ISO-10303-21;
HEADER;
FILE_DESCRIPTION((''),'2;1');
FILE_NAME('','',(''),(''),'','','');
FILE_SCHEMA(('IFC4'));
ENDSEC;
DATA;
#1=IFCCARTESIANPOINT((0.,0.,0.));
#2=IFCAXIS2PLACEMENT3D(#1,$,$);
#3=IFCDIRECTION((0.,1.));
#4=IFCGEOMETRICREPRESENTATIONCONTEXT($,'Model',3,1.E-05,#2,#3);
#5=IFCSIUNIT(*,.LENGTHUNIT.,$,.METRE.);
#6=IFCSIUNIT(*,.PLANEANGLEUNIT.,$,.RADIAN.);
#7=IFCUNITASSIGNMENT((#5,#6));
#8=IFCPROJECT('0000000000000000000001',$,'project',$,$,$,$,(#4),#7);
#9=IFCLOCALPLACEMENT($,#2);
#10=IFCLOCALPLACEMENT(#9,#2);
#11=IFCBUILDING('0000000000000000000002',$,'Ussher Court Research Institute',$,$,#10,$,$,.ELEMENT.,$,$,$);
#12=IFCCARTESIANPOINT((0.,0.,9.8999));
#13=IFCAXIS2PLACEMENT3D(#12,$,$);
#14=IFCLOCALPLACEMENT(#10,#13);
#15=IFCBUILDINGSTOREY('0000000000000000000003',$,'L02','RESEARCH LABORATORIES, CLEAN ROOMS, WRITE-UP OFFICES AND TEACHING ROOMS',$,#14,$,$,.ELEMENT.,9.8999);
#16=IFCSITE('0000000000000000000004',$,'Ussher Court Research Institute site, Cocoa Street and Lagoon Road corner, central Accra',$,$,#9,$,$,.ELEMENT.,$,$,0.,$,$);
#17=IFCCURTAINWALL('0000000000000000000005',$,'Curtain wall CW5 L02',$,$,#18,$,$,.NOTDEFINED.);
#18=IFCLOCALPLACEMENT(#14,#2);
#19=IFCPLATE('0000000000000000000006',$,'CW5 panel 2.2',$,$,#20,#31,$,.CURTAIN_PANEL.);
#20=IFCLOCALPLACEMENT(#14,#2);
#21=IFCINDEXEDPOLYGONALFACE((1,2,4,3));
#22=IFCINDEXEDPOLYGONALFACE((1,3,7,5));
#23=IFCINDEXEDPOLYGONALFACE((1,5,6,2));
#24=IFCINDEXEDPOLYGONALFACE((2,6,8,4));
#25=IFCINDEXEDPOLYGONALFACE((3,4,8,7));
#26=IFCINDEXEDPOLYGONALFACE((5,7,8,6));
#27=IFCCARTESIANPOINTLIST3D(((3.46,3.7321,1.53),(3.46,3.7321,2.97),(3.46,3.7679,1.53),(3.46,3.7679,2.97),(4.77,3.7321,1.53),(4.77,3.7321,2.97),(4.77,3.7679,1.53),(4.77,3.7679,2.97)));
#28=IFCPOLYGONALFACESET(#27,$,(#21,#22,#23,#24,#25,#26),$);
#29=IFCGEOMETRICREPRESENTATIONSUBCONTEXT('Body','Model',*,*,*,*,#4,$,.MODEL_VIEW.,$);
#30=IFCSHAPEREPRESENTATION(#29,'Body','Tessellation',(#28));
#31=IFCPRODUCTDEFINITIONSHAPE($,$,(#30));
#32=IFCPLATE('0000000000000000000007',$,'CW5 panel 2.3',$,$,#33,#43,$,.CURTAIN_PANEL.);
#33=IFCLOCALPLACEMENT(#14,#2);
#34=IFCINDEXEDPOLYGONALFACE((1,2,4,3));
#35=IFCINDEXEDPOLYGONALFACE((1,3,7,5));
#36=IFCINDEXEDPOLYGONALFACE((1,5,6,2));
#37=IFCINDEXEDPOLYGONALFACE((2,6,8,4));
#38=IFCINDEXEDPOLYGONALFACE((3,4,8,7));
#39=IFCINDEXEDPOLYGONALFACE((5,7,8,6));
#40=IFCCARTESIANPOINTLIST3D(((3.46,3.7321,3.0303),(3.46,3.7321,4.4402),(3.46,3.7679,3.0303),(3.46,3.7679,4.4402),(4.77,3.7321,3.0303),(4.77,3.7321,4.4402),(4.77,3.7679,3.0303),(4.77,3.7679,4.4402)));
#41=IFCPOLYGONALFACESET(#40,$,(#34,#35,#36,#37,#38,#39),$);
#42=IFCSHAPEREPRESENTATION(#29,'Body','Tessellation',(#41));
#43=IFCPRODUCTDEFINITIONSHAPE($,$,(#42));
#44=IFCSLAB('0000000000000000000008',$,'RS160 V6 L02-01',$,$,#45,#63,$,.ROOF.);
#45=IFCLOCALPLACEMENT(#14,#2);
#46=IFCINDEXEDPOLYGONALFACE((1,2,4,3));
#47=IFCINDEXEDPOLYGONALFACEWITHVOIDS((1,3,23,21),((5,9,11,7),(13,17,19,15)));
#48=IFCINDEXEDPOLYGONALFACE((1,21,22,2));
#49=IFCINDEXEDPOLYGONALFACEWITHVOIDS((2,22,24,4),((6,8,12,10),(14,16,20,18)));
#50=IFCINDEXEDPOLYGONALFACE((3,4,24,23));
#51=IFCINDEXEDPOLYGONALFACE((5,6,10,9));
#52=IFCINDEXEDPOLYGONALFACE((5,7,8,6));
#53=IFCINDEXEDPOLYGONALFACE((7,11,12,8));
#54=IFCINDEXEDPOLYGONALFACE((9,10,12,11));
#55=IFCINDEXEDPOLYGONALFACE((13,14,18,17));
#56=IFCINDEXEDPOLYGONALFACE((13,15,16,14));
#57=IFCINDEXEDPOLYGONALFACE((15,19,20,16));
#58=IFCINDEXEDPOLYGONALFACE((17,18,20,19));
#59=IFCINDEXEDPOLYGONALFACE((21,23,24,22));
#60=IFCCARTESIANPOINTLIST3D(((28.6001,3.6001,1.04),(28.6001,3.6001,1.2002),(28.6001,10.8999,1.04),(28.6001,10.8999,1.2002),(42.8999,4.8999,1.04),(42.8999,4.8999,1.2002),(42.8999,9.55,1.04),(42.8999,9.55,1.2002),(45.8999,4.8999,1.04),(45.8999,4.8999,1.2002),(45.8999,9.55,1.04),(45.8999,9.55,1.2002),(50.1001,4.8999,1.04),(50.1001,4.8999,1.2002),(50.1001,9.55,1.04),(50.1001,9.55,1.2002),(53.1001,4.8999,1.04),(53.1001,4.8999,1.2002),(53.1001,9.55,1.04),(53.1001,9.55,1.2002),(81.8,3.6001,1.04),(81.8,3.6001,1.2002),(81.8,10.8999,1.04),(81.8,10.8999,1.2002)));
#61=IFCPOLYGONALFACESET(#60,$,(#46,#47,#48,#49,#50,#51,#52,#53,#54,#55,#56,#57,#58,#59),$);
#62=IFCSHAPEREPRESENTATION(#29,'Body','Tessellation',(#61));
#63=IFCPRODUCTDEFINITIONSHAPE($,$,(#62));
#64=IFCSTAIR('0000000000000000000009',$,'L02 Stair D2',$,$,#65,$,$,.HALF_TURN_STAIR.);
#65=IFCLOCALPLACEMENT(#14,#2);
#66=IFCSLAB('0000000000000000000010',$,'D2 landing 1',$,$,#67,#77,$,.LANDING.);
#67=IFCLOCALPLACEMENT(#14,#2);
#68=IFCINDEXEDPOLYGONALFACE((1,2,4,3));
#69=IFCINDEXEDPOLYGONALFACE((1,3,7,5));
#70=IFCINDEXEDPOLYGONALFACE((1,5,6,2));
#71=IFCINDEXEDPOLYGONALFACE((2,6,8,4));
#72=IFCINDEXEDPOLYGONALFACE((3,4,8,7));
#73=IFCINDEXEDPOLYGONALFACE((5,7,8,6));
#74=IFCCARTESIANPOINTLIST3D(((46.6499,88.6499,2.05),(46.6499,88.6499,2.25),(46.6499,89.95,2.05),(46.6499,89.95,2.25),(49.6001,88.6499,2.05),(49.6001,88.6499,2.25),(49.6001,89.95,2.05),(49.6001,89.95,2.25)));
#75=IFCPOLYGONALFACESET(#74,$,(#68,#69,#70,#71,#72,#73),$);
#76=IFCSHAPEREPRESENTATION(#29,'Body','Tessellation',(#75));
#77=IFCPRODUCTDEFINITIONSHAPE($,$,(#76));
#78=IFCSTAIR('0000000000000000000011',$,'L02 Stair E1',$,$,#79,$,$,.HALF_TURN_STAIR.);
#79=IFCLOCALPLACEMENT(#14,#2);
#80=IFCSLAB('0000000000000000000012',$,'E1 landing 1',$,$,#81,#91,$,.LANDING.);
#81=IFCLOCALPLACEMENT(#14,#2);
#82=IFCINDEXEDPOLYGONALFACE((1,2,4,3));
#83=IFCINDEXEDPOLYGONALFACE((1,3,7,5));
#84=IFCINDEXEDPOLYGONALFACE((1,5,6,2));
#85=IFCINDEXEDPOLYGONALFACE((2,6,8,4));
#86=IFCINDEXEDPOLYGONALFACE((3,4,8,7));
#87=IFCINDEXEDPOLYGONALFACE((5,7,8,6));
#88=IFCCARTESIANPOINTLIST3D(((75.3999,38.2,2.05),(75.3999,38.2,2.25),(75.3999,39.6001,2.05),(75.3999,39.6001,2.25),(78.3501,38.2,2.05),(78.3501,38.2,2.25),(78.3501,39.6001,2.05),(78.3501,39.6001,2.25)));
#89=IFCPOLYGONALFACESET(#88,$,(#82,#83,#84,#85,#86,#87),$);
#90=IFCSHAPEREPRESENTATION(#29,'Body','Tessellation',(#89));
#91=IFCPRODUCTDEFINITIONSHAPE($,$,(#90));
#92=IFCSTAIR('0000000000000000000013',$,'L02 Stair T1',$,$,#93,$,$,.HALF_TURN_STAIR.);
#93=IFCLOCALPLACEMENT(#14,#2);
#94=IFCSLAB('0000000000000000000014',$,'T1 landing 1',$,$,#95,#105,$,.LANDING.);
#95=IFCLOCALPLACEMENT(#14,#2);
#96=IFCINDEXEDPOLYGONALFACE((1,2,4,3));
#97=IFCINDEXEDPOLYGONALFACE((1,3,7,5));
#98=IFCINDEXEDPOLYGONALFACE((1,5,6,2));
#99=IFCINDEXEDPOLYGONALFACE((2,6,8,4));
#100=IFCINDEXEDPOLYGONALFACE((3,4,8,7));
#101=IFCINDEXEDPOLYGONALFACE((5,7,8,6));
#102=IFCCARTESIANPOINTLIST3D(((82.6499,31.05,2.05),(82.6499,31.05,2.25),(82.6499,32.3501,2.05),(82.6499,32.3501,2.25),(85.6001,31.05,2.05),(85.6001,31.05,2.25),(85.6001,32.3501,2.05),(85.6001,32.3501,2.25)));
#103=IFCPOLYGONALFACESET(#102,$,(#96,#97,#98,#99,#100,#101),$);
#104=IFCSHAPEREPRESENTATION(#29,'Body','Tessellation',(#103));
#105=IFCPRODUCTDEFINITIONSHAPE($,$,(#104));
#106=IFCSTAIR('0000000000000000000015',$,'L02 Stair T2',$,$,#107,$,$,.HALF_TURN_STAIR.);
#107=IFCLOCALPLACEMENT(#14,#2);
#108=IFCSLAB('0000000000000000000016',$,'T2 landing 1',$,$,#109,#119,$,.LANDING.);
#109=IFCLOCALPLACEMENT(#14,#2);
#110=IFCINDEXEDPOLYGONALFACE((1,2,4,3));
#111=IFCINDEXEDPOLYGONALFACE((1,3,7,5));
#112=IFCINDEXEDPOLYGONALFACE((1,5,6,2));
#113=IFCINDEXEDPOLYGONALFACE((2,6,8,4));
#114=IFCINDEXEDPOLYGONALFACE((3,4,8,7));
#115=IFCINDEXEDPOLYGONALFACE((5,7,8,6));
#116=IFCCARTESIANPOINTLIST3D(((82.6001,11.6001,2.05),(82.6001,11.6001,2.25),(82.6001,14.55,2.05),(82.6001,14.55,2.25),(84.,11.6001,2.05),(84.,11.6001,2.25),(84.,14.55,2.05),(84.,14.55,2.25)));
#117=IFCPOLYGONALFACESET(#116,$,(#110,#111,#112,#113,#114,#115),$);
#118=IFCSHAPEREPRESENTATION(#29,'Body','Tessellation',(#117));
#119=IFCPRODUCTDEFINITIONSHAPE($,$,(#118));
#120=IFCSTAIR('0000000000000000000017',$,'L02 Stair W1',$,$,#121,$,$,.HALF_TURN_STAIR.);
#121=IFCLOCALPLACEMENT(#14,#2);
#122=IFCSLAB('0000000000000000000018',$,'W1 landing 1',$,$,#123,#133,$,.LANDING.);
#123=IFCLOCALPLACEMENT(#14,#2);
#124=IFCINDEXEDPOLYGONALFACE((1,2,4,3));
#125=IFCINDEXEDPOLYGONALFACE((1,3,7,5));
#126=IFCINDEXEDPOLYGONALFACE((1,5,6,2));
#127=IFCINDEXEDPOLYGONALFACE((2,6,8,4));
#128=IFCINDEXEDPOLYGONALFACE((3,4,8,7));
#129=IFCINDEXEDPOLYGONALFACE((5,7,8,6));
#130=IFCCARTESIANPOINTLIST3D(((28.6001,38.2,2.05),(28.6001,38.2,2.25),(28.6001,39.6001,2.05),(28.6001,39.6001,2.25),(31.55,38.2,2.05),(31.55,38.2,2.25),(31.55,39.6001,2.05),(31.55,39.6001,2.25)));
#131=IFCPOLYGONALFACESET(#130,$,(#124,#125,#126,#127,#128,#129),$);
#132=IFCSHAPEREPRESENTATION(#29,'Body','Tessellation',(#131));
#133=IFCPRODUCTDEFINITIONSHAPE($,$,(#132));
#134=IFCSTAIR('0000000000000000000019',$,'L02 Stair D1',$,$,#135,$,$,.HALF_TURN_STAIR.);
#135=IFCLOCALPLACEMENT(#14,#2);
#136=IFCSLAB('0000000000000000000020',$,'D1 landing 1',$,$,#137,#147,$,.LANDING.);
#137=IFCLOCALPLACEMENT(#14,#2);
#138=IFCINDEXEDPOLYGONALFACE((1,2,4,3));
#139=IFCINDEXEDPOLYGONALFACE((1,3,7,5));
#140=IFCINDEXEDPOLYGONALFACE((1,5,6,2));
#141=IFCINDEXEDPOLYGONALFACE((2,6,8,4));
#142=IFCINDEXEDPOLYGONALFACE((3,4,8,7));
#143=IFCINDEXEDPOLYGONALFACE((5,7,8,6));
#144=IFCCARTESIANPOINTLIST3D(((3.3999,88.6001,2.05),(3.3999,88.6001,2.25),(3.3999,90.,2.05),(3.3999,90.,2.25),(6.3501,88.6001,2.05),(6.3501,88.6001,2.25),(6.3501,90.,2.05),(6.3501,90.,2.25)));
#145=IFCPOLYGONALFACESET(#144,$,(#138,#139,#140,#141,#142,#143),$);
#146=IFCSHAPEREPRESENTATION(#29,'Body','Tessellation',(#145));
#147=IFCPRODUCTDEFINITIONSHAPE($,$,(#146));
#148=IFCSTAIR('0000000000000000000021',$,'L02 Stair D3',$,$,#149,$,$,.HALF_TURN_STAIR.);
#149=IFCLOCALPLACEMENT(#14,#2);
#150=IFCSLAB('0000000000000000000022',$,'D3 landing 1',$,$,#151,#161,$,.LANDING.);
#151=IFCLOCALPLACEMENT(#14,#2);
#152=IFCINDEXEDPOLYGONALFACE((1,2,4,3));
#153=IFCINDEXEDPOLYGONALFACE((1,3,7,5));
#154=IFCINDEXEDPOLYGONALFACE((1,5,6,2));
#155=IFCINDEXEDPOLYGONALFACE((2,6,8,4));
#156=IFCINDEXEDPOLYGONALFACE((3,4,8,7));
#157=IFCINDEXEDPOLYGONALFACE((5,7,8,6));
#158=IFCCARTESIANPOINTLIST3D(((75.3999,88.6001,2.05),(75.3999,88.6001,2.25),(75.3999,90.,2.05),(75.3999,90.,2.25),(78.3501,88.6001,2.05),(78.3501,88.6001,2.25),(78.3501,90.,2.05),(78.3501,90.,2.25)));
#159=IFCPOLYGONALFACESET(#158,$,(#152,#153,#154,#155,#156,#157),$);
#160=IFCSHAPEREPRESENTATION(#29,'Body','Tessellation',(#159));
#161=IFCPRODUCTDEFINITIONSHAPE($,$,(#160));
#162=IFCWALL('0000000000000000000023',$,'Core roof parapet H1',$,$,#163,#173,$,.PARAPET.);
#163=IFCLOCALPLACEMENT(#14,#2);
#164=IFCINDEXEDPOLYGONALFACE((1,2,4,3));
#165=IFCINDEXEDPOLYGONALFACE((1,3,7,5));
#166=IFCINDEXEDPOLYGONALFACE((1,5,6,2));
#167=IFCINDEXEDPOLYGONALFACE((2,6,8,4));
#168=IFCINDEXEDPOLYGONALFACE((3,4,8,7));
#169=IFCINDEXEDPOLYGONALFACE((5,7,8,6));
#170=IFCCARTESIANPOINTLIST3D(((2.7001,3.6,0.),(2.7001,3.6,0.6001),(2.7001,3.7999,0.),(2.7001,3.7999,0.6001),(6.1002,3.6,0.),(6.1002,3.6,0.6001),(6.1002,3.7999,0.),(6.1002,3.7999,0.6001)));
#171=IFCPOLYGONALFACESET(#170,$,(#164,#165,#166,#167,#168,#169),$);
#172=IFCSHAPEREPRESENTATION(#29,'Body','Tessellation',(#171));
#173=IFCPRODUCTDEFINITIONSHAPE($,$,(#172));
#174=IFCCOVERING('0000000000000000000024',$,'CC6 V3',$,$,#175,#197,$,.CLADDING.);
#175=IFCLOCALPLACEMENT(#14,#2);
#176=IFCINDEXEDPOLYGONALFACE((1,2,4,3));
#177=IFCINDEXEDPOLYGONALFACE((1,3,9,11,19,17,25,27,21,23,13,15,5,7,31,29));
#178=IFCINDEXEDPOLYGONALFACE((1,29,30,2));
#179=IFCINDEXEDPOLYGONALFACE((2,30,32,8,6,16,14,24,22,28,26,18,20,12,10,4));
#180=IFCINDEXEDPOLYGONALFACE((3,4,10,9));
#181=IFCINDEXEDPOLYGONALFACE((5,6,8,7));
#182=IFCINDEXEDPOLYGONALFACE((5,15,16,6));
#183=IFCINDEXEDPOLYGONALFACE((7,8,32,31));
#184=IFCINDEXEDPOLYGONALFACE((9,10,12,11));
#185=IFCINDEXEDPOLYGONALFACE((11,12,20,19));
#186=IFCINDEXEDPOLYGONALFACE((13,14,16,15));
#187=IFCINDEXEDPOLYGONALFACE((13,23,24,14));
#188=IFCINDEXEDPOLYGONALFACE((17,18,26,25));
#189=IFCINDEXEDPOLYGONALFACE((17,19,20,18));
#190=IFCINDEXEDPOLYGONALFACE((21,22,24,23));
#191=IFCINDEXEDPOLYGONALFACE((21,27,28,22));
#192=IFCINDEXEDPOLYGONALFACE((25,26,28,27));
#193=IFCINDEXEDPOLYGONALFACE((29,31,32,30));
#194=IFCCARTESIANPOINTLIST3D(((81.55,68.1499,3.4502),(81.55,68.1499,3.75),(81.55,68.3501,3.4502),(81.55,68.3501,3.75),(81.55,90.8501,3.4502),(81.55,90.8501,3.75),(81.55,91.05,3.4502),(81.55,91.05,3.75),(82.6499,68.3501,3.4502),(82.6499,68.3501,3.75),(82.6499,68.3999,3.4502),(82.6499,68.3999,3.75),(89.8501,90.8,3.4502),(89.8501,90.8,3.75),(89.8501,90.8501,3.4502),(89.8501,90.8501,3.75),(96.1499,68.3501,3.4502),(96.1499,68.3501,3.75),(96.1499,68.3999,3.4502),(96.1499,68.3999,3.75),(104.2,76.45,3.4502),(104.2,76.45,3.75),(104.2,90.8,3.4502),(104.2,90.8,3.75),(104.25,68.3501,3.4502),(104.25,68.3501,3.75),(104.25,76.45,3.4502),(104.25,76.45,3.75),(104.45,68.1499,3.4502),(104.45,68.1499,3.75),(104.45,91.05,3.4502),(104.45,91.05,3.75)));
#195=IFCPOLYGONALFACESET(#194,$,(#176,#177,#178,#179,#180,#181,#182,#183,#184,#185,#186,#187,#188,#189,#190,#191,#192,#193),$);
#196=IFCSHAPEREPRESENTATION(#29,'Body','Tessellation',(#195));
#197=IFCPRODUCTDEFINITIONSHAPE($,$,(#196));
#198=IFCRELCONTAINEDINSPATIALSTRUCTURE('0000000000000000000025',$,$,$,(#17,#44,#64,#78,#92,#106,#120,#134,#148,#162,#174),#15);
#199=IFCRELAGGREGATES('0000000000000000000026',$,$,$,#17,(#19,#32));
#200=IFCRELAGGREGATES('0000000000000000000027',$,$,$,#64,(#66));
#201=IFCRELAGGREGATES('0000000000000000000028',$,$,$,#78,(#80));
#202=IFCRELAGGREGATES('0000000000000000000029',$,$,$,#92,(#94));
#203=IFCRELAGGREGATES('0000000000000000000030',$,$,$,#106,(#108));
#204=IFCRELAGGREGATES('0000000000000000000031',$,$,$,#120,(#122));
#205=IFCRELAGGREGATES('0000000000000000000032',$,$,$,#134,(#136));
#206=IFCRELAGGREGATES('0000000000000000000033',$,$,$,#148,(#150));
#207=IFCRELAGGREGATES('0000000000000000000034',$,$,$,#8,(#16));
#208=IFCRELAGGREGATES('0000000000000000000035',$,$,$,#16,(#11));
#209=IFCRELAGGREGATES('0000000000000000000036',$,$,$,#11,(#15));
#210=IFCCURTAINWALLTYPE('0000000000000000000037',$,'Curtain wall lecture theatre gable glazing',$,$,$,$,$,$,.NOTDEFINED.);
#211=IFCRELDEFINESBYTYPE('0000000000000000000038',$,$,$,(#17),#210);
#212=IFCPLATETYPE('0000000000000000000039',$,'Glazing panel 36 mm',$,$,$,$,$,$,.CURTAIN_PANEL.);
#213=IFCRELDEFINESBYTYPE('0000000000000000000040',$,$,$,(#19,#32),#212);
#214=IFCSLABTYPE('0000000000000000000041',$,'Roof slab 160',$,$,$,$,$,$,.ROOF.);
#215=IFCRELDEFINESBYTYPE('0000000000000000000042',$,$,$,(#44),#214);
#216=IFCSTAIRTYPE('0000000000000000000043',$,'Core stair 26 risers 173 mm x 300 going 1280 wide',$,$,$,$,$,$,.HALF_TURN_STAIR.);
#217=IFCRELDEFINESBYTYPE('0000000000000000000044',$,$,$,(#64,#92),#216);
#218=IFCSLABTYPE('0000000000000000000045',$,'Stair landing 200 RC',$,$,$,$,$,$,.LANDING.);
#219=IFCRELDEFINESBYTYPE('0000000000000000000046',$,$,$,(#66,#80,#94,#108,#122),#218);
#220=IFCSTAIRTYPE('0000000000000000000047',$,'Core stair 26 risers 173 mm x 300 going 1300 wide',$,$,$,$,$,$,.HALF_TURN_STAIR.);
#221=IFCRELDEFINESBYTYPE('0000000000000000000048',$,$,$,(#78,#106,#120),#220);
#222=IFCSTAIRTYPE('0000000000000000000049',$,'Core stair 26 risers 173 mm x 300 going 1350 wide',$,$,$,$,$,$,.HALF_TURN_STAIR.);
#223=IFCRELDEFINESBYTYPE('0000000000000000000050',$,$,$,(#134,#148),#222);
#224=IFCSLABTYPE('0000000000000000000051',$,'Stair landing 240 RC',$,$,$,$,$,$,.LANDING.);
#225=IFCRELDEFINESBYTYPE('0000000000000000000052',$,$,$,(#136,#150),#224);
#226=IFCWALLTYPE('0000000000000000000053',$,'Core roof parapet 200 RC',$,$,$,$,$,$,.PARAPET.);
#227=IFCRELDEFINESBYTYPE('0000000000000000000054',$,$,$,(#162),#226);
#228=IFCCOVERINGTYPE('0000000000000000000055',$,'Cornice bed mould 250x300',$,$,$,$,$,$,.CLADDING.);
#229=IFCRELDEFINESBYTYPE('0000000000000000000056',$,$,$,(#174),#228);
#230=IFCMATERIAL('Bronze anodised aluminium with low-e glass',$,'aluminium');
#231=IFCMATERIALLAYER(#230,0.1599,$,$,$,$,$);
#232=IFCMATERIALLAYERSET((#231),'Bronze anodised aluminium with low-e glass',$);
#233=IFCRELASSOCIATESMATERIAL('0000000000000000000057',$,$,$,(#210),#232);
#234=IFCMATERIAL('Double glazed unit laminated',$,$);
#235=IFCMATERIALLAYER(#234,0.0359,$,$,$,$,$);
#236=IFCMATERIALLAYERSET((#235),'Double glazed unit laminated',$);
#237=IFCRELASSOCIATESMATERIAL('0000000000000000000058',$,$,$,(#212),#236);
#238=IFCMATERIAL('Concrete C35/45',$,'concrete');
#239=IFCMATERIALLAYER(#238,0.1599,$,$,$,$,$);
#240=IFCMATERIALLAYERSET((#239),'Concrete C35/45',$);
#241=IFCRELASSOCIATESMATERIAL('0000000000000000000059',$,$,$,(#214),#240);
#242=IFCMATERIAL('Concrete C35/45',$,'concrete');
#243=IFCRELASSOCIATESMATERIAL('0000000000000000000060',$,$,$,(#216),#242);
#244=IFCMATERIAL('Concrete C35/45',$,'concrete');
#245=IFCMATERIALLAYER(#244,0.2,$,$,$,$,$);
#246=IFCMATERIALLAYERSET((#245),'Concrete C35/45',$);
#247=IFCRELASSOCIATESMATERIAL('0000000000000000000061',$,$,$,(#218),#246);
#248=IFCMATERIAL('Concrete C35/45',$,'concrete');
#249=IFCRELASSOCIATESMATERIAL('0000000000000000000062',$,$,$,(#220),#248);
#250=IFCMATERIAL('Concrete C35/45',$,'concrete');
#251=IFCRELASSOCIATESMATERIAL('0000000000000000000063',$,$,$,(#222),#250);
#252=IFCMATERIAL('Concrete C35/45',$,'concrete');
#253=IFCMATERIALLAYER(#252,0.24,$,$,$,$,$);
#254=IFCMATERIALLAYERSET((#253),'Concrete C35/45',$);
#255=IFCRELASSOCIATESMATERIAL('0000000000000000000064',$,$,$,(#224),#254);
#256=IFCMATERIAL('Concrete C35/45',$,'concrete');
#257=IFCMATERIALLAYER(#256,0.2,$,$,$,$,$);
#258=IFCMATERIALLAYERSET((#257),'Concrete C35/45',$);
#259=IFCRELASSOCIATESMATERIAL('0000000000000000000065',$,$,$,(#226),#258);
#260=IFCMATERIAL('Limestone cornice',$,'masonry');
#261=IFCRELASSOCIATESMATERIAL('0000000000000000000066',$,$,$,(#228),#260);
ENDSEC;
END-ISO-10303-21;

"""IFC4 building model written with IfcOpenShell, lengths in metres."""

from ifc_helpers import new_model, si_unit, direction, frame, frame_2d, origin, origin_2d, place, context, subcontext, project, spatial, polyline, rectangle, outline, extrude, material, layer, layer_set, type_object, element, aggregate, save


model = new_model("IFC4")

# Units and contexts
model_context = context("Model", 3, precision=1e-05, world=origin(), true_north=direction((0.0, 1.0)))
body_context = subcontext(model_context, "Body", "Model", "MODEL_VIEW")
ifc_project = project(units=[si_unit("LENGTHUNIT", "METRE"), si_unit("PLANEANGLEUNIT", "RADIAN")], contexts=[model_context])

# Site, building, storey
site_placement = place(None, origin())
site = spatial("IfcSite", under=ifc_project, at=site_placement, Name="Ussher Court Research Institute site, Cocoa Street and Lagoon Road corner, central Accra", CompositionType="ELEMENT", RefElevation=0.0)
building_placement = place(site_placement, origin())
building = spatial("IfcBuilding", under=site, at=building_placement, Name="Ussher Court Research Institute", CompositionType="ELEMENT")
storey_placement = place(building_placement, frame((0.0, 0.0, 9.8999)))
storey = spatial("IfcBuildingStorey", under=building, at=storey_placement, Name="L02", Description="RESEARCH LABORATORIES, CLEAN ROOMS, WRITE-UP OFFICES AND TEACHING ROOMS", CompositionType="ELEMENT", Elevation=9.8999)

# Curtain wall
ifc_material_1 = material(Name="Bronze anodised aluminium with low-e glass", Category="aluminium")
ifc_layer_1 = layer(ifc_material_1, 0.1599)
ifc_layer_set_1 = layer_set([ifc_layer_1], Name="Bronze anodised aluminium with low-e glass")
curtain_wall_type = type_object("IfcCurtainWallType", Name="Curtain wall lecture theatre gable glazing", PredefinedType="NOTDEFINED", material=ifc_layer_set_1)
curtain_wall_placement = place(storey_placement, origin())
curtain_wall = element("IfcCurtainWall", 1, at=curtain_wall_placement, inside=storey, type_object=curtain_wall_type, Name="Curtain wall CW5 L02", PredefinedType="NOTDEFINED")

# Plates
ifc_material_2 = material(Name="Double glazed unit laminated")
ifc_layer_2 = layer(ifc_material_2, 0.0359)
ifc_layer_set_2 = layer_set([ifc_layer_2], Name="Double glazed unit laminated")
plate_type = type_object("IfcPlateType", Name="Glazing panel 36 mm", PredefinedType="CURTAIN_PANEL", material=ifc_layer_set_2)
plate_1_placement = place(storey_placement, frame((4.115, 3.75, 1.53), z_axis=(0.0, 0.0, 1.0), x_axis=(-1.0, 0.0, 0.0)))
plate_1 = element("IfcPlate", 2, at=plate_1_placement, type_object=plate_type, Name="CW5 panel 2.2", PredefinedType="CURTAIN_PANEL", context=body_context, shape_type="SweptSolid", body=[
    extrude(rectangle(XDim=1.3101, YDim=0.0359, at=origin_2d()), origin(), (0.0, 0.0, 1.0), 1.4399),
])
plate_2_placement = place(storey_placement, frame((4.115, 3.75, 3.0303), z_axis=(0.0, 0.0, 1.0), x_axis=(-1.0, 0.0, 0.0)))
plate_2 = element("IfcPlate", 3, at=plate_2_placement, type_object=plate_type, Name="CW5 panel 2.3", PredefinedType="CURTAIN_PANEL", context=body_context, shape_type="SweptSolid", body=[
    extrude(rectangle(XDim=1.3101, YDim=0.0359, at=origin_2d()), origin(), (0.0, 0.0, 1.0), 1.4099),
])
aggregate(curtain_wall, [plate_1, plate_2])

# Slab
ifc_material_3 = material(Name="Concrete C35/45", Category="concrete")
ifc_layer_3 = layer(ifc_material_3, 0.1599)
ifc_layer_set_3 = layer_set([ifc_layer_3], Name="Concrete C35/45")
slab_type_1 = type_object("IfcSlabType", Name="Roof slab 160", PredefinedType="ROOF", material=ifc_layer_set_3)
slab_1_placement = place(storey_placement, frame((0.0, 0.0, 1.04)))
element("IfcSlab", 4, at=slab_1_placement, inside=storey, type_object=slab_type_1, Name="RS160 V6 L02-01", PredefinedType="ROOF", context=body_context, shape_type="SweptSolid", body=[
    extrude(outline(polyline([(28.6001, 10.8999), (28.6001, 3.6001), (81.8, 3.6001), (81.8, 10.8999), (28.6001, 10.8999)]), holes=[polyline([(42.8999, 9.55), (45.8999, 9.55), (45.8999, 4.8999), (42.8999, 4.8999), (42.8999, 9.55)]), polyline([(53.1001, 9.55), (53.1001, 4.8999), (50.1001, 4.8999), (50.1001, 9.55), (53.1001, 9.55)])]), origin(), (0.0, 0.0, 1.0), 0.1602),
])

# Stairs, slabs
ifc_material_4 = material(Name="Concrete C35/45", Category="concrete")
stair_type_1 = type_object("IfcStairType", Name="Core stair 26 risers 173 mm x 300 going 1280 wide", PredefinedType="HALF_TURN_STAIR", material=ifc_material_4)
stair_1_placement = place(storey_placement, origin())
stair_1 = element("IfcStair", 5, at=stair_1_placement, inside=storey, type_object=stair_type_1, Name="L02 Stair D2", PredefinedType="HALF_TURN_STAIR")
ifc_material_5 = material(Name="Concrete C35/45", Category="concrete")
ifc_layer_4 = layer(ifc_material_5, 0.2)
ifc_layer_set_4 = layer_set([ifc_layer_4], Name="Concrete C35/45")
slab_type_2 = type_object("IfcSlabType", Name="Stair landing 200 RC", PredefinedType="LANDING", material=ifc_layer_set_4)
slab_2_placement = place(storey_placement, frame((0.0, 0.0, 2.05)))
slab_2 = element("IfcSlab", 6, at=slab_2_placement, type_object=slab_type_2, Name="D2 landing 1", PredefinedType="LANDING", context=body_context, shape_type="SweptSolid", body=[
    extrude(outline(polyline([(49.6001, 88.6499), (49.6001, 89.95), (46.6499, 89.95), (46.6499, 88.6499), (49.6001, 88.6499)])), origin(), (0.0, 0.0, 1.0), 0.2),
])
aggregate(stair_1, [slab_2])
ifc_material_6 = material(Name="Concrete C35/45", Category="concrete")
stair_type_2 = type_object("IfcStairType", Name="Core stair 26 risers 173 mm x 300 going 1300 wide", PredefinedType="HALF_TURN_STAIR", material=ifc_material_6)
stair_2_placement = place(storey_placement, origin())
stair_2 = element("IfcStair", 7, at=stair_2_placement, inside=storey, type_object=stair_type_2, Name="L02 Stair E1", PredefinedType="HALF_TURN_STAIR")
slab_3_placement = place(storey_placement, frame((0.0, 0.0, 2.05)))
slab_3 = element("IfcSlab", 8, at=slab_3_placement, type_object=slab_type_2, Name="E1 landing 1", PredefinedType="LANDING", context=body_context, shape_type="SweptSolid", body=[
    extrude(outline(polyline([(78.3501, 38.2), (78.3501, 39.6001), (75.3999, 39.6001), (75.3999, 38.2), (78.3501, 38.2)])), origin(), (0.0, 0.0, 1.0), 0.2),
])
aggregate(stair_2, [slab_3])
stair_3_placement = place(storey_placement, origin())
stair_3 = element("IfcStair", 9, at=stair_3_placement, inside=storey, type_object=stair_type_1, Name="L02 Stair T1", PredefinedType="HALF_TURN_STAIR")
slab_4_placement = place(storey_placement, frame((0.0, 0.0, 2.05)))
slab_4 = element("IfcSlab", 10, at=slab_4_placement, type_object=slab_type_2, Name="T1 landing 1", PredefinedType="LANDING", context=body_context, shape_type="SweptSolid", body=[
    extrude(outline(polyline([(85.6001, 31.05), (85.6001, 32.3501), (82.6499, 32.3501), (82.6499, 31.05), (85.6001, 31.05)])), origin(), (0.0, 0.0, 1.0), 0.2),
])
aggregate(stair_3, [slab_4])
stair_4_placement = place(storey_placement, origin())
stair_4 = element("IfcStair", 11, at=stair_4_placement, inside=storey, type_object=stair_type_2, Name="L02 Stair T2", PredefinedType="HALF_TURN_STAIR")
slab_5_placement = place(storey_placement, frame((0.0, 0.0, 2.05)))
slab_5 = element("IfcSlab", 12, at=slab_5_placement, type_object=slab_type_2, Name="T2 landing 1", PredefinedType="LANDING", context=body_context, shape_type="SweptSolid", body=[
    extrude(outline(polyline([(84.0, 14.55), (82.6001, 14.55), (82.6001, 11.6001), (84.0, 11.6001), (84.0, 14.55)])), origin(), (0.0, 0.0, 1.0), 0.2),
])
aggregate(stair_4, [slab_5])
stair_5_placement = place(storey_placement, origin())
stair_5 = element("IfcStair", 13, at=stair_5_placement, inside=storey, type_object=stair_type_2, Name="L02 Stair W1", PredefinedType="HALF_TURN_STAIR")
slab_6_placement = place(storey_placement, frame((0.0, 0.0, 2.05)))
slab_6 = element("IfcSlab", 14, at=slab_6_placement, type_object=slab_type_2, Name="W1 landing 1", PredefinedType="LANDING", context=body_context, shape_type="SweptSolid", body=[
    extrude(outline(polyline([(31.55, 38.2), (31.55, 39.6001), (28.6001, 39.6001), (28.6001, 38.2), (31.55, 38.2)])), origin(), (0.0, 0.0, 1.0), 0.2),
])
aggregate(stair_5, [slab_6])
ifc_material_7 = material(Name="Concrete C35/45", Category="concrete")
stair_type_3 = type_object("IfcStairType", Name="Core stair 26 risers 173 mm x 300 going 1350 wide", PredefinedType="HALF_TURN_STAIR", material=ifc_material_7)
stair_6_placement = place(storey_placement, origin())
stair_6 = element("IfcStair", 15, at=stair_6_placement, inside=storey, type_object=stair_type_3, Name="L02 Stair D1", PredefinedType="HALF_TURN_STAIR")
ifc_material_8 = material(Name="Concrete C35/45", Category="concrete")
ifc_layer_5 = layer(ifc_material_8, 0.24)
ifc_layer_set_5 = layer_set([ifc_layer_5], Name="Concrete C35/45")
slab_type_3 = type_object("IfcSlabType", Name="Stair landing 240 RC", PredefinedType="LANDING", material=ifc_layer_set_5)
slab_7_placement = place(storey_placement, frame((0.0, 0.0, 2.05)))
slab_7 = element("IfcSlab", 16, at=slab_7_placement, type_object=slab_type_3, Name="D1 landing 1", PredefinedType="LANDING", context=body_context, shape_type="SweptSolid", body=[
    extrude(outline(polyline([(6.3501, 88.6001), (6.3501, 90.0), (3.3999, 90.0), (3.3999, 88.6001), (6.3501, 88.6001)])), origin(), (0.0, 0.0, 1.0), 0.2),
])
aggregate(stair_6, [slab_7])
stair_7_placement = place(storey_placement, origin())
stair_7 = element("IfcStair", 17, at=stair_7_placement, inside=storey, type_object=stair_type_3, Name="L02 Stair D3", PredefinedType="HALF_TURN_STAIR")
slab_8_placement = place(storey_placement, frame((0.0, 0.0, 2.05)))
slab_8 = element("IfcSlab", 18, at=slab_8_placement, type_object=slab_type_3, Name="D3 landing 1", PredefinedType="LANDING", context=body_context, shape_type="SweptSolid", body=[
    extrude(outline(polyline([(78.3501, 88.6001), (78.3501, 90.0), (75.3999, 90.0), (75.3999, 88.6001), (78.3501, 88.6001)])), origin(), (0.0, 0.0, 1.0), 0.2),
])
aggregate(stair_7, [slab_8])

# Wall
ifc_material_9 = material(Name="Concrete C35/45", Category="concrete")
ifc_layer_6 = layer(ifc_material_9, 0.2)
ifc_layer_set_6 = layer_set([ifc_layer_6], Name="Concrete C35/45")
wall_type = type_object("IfcWallType", Name="Core roof parapet 200 RC", PredefinedType="PARAPET", material=ifc_layer_set_6)
wall_placement = place(storey_placement, frame((2.7, 3.7, 0.0), z_axis=(0.0, 0.0, 1.0), x_axis=(1.0, 0.0, 0.0)))
element("IfcWall", 19, at=wall_placement, inside=storey, type_object=wall_type, Name="Core roof parapet H1", PredefinedType="PARAPET", context=body_context, shape_type="SweptSolid", body=[
    extrude(rectangle(XDim=3.4001, YDim=0.2, at=frame_2d((1.7002, 0.0))), origin(), (0.0, 0.0, 1.0), 0.6001),
])

# Covering
ifc_material_10 = material(Name="Limestone cornice", Category="masonry")
covering_type_1 = type_object("IfcCoveringType", Name="Cornice bed mould 250x300", PredefinedType="CLADDING", material=ifc_material_10)
covering_1_placement = place(storey_placement, frame((0.0, 0.0, 3.4502)))
element("IfcCovering", 20, at=covering_1_placement, inside=storey, type_object=covering_type_1, Name="CC6 V3", PredefinedType="CLADDING", context=body_context, shape_type="SweptSolid", body=[
    extrude(outline(polyline([(82.6499, 68.3501), (81.55, 68.3501), (81.55, 68.1499), (104.45, 68.1499), (104.45, 91.05), (81.55, 91.05), (81.55, 90.8501), (89.8501, 90.8501), (89.8501, 90.8), (104.2, 90.8), (104.2, 76.45), (104.25, 76.45), (104.25, 68.3501), (96.1499, 68.3501), (96.1499, 68.3999), (82.6499, 68.3999), (82.6499, 68.3501)])), origin(), (0.0, 0.0, 1.0), 0.2998),
])

save(model, "model.ifc")
